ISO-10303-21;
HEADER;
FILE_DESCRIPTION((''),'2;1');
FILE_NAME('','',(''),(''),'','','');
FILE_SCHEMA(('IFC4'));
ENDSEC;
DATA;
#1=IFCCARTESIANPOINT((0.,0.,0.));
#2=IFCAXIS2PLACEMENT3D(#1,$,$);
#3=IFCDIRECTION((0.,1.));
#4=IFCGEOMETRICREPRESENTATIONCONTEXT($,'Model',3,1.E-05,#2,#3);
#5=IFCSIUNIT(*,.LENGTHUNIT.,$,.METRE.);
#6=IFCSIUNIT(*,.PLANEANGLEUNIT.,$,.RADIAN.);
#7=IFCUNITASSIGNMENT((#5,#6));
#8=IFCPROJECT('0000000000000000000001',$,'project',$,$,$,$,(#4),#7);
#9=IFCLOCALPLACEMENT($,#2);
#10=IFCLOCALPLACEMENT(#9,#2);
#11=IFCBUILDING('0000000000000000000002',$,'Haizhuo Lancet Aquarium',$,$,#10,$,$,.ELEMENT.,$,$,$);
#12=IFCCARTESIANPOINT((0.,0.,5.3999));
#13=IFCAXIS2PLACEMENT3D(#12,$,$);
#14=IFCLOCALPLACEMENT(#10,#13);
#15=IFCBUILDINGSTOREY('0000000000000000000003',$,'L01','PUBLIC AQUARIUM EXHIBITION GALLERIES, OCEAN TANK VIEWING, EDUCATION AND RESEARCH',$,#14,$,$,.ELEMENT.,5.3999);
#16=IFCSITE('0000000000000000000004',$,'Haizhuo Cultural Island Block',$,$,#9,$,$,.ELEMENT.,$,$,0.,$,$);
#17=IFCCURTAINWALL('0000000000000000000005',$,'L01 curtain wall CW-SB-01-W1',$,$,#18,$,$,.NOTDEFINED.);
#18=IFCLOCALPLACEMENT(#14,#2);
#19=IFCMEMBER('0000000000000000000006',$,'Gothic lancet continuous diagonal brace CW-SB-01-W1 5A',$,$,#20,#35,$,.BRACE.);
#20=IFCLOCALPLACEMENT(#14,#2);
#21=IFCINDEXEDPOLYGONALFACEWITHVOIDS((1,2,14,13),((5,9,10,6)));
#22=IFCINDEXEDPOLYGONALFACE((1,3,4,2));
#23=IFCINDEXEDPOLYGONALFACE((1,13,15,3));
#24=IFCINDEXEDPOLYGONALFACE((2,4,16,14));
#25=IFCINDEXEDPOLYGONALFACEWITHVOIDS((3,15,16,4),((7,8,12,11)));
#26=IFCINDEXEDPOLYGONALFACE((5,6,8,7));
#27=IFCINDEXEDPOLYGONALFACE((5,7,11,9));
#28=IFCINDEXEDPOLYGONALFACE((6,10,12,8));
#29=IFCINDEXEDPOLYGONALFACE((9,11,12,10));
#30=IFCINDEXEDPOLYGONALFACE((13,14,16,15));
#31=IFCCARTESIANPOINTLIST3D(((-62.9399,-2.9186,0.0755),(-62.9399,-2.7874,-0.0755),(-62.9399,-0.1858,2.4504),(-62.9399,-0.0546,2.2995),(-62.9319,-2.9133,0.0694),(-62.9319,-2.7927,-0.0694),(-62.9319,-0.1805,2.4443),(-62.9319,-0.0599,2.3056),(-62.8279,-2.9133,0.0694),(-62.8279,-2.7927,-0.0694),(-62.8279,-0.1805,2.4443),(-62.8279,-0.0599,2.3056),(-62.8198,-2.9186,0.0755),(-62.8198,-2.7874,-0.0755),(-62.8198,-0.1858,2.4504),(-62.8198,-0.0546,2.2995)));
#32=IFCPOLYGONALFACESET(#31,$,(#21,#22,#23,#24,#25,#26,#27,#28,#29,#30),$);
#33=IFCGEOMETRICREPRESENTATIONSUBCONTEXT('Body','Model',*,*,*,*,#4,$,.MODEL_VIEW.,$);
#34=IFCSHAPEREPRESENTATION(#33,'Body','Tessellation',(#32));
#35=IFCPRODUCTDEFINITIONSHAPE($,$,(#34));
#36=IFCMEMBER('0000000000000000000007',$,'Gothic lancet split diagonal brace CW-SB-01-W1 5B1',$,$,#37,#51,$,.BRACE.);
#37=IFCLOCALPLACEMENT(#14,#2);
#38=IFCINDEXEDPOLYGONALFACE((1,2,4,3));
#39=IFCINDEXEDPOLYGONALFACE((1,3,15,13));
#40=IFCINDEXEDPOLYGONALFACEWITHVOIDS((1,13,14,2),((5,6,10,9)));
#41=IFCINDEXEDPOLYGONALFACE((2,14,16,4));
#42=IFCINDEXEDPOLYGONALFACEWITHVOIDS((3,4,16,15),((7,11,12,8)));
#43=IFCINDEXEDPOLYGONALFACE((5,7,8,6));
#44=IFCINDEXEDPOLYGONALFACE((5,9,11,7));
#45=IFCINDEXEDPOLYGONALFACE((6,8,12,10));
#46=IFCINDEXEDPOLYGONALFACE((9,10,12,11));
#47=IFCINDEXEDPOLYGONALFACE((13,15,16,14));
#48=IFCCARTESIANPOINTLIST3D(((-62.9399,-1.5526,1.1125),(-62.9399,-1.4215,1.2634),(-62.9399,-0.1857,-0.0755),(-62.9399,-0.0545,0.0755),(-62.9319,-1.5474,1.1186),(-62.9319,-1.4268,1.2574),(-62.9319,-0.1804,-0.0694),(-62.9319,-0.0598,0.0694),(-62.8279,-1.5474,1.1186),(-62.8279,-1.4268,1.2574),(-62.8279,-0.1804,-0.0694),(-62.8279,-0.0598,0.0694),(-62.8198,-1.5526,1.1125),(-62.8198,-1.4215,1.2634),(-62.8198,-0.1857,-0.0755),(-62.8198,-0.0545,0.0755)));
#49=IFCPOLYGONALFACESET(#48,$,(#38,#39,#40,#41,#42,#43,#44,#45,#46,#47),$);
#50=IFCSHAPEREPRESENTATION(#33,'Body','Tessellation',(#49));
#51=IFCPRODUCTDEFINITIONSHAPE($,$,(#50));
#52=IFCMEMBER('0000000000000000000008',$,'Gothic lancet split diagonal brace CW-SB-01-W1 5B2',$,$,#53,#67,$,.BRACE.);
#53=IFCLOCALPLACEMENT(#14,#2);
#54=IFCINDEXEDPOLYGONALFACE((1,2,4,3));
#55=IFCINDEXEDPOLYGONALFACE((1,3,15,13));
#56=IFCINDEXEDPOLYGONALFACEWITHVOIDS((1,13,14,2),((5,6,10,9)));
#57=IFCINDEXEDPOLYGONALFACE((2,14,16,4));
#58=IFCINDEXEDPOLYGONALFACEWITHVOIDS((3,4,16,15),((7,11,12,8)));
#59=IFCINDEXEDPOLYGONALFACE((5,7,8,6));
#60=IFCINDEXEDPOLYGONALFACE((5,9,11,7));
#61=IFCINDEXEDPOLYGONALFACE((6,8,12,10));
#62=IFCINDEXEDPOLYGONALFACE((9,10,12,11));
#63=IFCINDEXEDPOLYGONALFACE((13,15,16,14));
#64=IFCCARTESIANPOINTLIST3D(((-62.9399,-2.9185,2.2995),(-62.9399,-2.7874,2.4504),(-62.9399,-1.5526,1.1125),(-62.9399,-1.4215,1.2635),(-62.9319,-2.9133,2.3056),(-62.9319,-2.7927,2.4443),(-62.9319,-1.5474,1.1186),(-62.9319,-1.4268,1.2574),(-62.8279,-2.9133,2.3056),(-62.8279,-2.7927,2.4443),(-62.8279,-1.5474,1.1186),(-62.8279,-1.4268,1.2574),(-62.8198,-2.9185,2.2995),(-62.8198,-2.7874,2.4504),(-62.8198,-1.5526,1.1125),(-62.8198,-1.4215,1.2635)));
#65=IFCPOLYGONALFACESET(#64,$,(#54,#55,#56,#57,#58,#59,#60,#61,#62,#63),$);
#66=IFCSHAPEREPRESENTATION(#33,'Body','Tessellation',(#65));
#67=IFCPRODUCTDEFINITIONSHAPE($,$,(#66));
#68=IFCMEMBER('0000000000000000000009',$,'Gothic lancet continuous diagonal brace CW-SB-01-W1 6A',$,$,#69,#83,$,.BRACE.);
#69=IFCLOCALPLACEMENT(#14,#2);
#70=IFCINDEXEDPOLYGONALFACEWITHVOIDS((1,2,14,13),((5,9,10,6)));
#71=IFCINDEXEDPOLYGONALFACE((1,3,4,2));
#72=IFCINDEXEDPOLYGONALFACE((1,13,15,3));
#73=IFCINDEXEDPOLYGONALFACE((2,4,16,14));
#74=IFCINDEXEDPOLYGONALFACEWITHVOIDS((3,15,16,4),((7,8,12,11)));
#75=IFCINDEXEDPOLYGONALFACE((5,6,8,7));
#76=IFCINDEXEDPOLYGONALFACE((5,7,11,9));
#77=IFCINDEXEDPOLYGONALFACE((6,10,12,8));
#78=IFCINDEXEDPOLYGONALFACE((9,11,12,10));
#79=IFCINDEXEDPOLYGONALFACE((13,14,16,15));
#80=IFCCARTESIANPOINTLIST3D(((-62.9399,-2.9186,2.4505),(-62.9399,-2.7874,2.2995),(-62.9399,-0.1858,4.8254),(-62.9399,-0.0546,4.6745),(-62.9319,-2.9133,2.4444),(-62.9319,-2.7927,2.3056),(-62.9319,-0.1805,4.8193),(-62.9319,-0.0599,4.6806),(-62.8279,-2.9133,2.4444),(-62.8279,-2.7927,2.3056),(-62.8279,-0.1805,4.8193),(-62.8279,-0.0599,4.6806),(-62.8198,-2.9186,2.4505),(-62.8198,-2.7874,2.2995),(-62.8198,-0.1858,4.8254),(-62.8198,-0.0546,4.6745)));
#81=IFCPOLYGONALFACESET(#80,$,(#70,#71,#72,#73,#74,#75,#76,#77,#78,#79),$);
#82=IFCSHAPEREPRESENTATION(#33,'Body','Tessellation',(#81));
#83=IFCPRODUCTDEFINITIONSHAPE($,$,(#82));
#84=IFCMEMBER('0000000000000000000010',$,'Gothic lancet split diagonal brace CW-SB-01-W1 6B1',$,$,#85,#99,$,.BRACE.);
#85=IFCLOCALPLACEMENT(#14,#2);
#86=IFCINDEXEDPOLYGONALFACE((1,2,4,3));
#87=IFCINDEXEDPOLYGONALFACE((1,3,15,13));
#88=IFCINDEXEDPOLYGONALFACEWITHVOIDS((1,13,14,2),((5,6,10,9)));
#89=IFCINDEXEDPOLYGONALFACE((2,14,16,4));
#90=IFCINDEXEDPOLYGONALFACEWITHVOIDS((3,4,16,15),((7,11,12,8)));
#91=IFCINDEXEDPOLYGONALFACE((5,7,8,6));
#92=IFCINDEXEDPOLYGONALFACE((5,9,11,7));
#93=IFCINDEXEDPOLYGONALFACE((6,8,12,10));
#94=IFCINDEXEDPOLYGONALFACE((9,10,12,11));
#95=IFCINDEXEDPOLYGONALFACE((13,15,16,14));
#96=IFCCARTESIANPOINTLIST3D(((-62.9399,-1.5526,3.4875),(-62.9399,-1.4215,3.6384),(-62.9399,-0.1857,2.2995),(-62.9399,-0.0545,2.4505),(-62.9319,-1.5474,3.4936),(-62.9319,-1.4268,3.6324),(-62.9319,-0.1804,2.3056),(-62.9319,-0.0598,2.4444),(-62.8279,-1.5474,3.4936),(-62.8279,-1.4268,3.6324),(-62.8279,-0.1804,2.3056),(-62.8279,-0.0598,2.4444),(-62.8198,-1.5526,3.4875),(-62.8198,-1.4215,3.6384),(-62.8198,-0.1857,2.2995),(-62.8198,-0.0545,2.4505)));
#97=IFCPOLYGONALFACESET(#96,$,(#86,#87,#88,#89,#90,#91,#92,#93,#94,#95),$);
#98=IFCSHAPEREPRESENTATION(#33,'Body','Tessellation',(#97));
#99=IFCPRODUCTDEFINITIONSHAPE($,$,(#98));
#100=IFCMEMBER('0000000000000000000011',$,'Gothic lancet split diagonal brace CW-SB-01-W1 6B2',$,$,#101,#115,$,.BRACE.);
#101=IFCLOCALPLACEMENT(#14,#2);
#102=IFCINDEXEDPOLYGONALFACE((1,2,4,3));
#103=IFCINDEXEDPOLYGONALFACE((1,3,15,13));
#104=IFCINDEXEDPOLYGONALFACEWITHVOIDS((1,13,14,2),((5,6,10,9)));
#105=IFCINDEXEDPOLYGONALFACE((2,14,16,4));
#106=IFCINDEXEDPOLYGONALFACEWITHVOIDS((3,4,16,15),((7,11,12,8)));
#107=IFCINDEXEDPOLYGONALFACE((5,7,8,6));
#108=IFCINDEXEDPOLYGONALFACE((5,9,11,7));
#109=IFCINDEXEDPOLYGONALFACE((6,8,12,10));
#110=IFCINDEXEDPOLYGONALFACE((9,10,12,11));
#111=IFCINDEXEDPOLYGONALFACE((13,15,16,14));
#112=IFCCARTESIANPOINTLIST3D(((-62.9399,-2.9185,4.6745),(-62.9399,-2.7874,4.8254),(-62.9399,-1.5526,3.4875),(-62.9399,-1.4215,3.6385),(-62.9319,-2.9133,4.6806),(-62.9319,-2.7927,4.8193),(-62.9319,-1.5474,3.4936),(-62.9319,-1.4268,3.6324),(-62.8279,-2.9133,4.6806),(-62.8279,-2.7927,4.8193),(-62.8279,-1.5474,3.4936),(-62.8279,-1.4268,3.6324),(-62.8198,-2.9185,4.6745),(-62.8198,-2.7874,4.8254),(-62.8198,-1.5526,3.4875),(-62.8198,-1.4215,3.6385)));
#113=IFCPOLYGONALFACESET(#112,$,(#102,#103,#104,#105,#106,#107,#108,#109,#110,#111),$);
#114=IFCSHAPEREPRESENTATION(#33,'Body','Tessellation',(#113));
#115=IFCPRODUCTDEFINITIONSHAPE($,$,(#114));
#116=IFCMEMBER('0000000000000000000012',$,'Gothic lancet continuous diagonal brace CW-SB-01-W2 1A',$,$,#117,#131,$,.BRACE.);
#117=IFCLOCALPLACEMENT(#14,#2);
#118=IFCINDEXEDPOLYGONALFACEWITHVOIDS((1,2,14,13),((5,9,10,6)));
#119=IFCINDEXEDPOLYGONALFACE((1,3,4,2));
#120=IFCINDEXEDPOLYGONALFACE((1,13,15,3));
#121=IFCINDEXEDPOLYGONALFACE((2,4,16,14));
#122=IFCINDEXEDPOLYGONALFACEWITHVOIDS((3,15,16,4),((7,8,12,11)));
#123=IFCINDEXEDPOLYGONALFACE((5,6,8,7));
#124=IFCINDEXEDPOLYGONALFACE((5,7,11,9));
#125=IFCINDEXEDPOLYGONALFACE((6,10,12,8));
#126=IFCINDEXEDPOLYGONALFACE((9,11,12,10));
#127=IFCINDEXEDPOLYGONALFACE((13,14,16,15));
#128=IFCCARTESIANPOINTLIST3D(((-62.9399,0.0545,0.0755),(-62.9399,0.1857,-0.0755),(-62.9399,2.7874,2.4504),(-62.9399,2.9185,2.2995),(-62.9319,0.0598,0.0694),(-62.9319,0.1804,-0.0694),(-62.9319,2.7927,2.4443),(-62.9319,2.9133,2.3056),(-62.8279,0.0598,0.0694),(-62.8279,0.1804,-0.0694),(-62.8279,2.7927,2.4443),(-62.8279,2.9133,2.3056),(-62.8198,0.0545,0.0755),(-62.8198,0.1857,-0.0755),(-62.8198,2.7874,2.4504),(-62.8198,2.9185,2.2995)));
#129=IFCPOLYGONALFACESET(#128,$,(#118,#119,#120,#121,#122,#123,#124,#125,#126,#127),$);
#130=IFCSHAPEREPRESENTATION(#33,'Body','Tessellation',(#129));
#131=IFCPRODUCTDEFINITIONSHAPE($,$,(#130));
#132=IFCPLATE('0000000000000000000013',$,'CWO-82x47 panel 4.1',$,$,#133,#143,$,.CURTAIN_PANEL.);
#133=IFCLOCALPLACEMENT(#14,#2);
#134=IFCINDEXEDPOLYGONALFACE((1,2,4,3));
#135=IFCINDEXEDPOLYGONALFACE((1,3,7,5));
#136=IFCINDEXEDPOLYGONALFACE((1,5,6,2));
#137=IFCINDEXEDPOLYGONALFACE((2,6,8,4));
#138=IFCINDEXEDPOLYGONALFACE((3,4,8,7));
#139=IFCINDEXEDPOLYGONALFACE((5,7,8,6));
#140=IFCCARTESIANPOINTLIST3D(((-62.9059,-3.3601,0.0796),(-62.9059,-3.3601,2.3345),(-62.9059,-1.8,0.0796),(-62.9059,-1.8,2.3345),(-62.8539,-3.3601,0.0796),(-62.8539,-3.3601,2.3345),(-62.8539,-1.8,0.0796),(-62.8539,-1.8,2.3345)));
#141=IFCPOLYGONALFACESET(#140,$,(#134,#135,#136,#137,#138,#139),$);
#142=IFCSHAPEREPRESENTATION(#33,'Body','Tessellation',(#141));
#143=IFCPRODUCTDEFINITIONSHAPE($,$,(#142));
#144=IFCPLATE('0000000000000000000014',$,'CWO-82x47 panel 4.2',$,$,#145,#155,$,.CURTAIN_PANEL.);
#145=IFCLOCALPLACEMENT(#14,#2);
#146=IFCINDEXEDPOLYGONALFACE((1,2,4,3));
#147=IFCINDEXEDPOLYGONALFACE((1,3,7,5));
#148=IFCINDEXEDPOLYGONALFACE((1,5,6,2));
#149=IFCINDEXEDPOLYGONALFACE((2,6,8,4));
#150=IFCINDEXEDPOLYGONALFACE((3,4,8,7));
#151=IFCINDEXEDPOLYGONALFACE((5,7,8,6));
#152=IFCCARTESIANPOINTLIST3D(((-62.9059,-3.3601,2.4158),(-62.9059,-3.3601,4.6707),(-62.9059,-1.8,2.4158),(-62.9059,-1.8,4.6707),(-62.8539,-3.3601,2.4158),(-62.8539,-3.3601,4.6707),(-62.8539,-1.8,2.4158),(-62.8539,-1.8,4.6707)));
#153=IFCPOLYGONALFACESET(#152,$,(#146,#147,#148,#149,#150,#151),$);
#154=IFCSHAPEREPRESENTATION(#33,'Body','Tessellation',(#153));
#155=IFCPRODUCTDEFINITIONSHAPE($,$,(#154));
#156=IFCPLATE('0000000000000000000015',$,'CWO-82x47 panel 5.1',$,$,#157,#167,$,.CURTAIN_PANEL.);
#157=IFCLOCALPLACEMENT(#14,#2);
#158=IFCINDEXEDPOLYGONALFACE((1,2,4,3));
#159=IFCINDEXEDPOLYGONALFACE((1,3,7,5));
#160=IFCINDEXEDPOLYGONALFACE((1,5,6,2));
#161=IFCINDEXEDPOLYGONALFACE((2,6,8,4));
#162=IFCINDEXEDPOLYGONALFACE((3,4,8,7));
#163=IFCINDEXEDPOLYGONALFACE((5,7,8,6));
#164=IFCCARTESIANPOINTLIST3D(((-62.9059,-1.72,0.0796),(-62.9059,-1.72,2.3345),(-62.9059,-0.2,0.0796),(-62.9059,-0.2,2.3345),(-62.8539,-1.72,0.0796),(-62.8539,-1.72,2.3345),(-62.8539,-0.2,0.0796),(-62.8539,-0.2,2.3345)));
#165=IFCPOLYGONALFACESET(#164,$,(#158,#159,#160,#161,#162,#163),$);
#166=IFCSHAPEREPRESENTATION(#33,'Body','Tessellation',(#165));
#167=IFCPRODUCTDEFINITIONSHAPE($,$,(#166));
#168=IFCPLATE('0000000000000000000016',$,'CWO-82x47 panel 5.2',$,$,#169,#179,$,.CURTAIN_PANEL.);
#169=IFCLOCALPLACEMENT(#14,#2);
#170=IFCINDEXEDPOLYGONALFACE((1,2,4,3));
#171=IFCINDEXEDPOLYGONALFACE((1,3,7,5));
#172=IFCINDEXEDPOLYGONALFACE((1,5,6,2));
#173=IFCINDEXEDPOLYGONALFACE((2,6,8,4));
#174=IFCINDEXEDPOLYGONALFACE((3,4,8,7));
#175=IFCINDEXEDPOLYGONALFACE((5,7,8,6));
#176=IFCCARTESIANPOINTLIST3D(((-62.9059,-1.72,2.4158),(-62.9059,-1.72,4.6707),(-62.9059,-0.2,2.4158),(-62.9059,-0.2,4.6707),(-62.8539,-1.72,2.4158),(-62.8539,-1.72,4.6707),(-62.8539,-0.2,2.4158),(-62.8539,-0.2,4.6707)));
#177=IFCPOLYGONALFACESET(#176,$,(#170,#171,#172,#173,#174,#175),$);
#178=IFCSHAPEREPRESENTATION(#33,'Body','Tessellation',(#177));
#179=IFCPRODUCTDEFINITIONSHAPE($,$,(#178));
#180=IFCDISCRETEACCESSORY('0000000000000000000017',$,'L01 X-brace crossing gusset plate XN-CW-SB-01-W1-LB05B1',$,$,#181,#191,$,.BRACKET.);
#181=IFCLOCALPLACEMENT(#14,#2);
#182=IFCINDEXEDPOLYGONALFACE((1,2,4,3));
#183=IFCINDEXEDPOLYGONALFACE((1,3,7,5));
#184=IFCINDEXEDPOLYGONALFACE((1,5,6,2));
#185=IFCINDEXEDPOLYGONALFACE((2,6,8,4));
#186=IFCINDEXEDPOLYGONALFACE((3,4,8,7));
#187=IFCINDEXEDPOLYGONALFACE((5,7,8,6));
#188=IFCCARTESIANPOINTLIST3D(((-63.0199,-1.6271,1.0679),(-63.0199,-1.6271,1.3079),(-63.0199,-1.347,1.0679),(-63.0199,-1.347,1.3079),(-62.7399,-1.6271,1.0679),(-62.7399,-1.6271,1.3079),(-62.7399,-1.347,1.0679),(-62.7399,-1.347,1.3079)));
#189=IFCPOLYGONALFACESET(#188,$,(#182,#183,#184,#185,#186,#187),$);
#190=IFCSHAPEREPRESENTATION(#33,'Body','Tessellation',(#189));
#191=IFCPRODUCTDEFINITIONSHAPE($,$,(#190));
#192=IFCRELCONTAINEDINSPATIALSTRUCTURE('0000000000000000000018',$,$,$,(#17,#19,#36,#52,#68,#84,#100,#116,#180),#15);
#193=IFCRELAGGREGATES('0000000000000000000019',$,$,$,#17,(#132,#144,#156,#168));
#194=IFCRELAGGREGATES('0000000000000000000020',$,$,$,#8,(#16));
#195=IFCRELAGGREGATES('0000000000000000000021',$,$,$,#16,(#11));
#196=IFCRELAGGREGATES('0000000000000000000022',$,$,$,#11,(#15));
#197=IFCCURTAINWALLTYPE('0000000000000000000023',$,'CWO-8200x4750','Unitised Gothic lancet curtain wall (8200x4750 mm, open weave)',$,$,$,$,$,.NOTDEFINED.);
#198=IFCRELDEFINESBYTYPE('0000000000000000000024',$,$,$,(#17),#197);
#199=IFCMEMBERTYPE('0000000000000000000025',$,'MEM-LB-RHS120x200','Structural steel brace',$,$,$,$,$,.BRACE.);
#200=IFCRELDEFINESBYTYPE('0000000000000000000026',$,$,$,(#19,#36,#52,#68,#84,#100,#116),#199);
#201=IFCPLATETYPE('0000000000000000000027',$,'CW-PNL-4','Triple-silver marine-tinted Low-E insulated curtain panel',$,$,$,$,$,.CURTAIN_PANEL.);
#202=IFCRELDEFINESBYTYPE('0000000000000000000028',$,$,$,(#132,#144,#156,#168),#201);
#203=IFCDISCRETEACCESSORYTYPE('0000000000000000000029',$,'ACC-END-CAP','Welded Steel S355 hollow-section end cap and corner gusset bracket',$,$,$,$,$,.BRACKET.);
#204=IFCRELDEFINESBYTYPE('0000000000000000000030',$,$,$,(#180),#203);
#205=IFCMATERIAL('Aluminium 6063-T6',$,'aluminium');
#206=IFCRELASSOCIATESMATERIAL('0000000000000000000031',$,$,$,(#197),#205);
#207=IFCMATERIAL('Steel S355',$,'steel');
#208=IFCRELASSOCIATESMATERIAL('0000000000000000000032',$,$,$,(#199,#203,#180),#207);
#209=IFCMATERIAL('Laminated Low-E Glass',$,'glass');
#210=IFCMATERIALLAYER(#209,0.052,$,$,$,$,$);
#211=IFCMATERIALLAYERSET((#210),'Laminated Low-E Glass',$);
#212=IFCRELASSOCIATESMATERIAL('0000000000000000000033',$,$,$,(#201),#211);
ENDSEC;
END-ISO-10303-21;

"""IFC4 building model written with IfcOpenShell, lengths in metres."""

from ifc_helpers import new_model, si_unit, direction, frame, origin, origin_2d, place, context, subcontext, project, spatial, rectangle, hollow_rectangle, extrude, material, layer, layer_set, material_profile, profile_set, type_object, element, aggregate, save


model = new_model("IFC4")

# Units and contexts
model_context = context("Model", 3, precision=1e-05, world=origin(), true_north=direction((0.0, 1.0)))
body_context = subcontext(model_context, "Body", "Model", "MODEL_VIEW")
ifc_project = project(units=[si_unit("LENGTHUNIT", "METRE"), si_unit("PLANEANGLEUNIT", "RADIAN")], contexts=[model_context])

# Site, building, storey
site_placement = place(None, origin())
site = spatial("IfcSite", under=ifc_project, at=site_placement, Name="Haizhuo Cultural Island Block", CompositionType="ELEMENT", RefElevation=0.0)
building_placement = place(site_placement, origin())
building = spatial("IfcBuilding", under=site, at=building_placement, Name="Haizhuo Lancet Aquarium", CompositionType="ELEMENT")
storey_placement = place(building_placement, frame((0.0, 0.0, 5.3999)))
storey = spatial("IfcBuildingStorey", under=building, at=storey_placement, Name="L01", Description="PUBLIC AQUARIUM EXHIBITION GALLERIES, OCEAN TANK VIEWING, EDUCATION AND RESEARCH", CompositionType="ELEMENT", Elevation=5.3999)

# Curtain wall
ifc_material_1 = material(Name="Aluminium 6063-T6", Category="aluminium")
curtain_wall_type = type_object("IfcCurtainWallType", Name="CWO-8200x4750", Description="Unitised Gothic lancet curtain wall (8200x4750 mm, open weave)", PredefinedType="NOTDEFINED", material=ifc_material_1)
curtain_wall_placement = place(storey_placement, origin())
curtain_wall = element("IfcCurtainWall", 1, at=curtain_wall_placement, inside=storey, type_object=curtain_wall_type, Name="L01 curtain wall CW-SB-01-W1", PredefinedType="NOTDEFINED")

# Members
ifc_material_2 = material(Name="Steel S355", Category="steel")
ifc_material_profile_1 = material_profile(ifc_material_2, hollow_rectangle(XDim=0.1201, YDim=0.2, WallThickness=0.0081, at=origin_2d()), Name="RHS 120x200x8")
ifc_profile_set_1 = profile_set([ifc_material_profile_1], Name="Steel S355")
member_type_1 = type_object("IfcMemberType", Name="MEM-LB-RHS120x200", Description="Structural steel brace", PredefinedType="BRACE", material=ifc_profile_set_1)
member_1_placement = place(storey_placement, frame((-62.8799, -2.853, 0.0), z_axis=(0.0, 0.754803, 0.655952), x_axis=(-1.0, 0.0, 0.0)))
element("IfcMember", 2, at=member_1_placement, inside=storey, type_object=member_type_1, Name="Gothic lancet continuous diagonal brace CW-SB-01-W1 5A", PredefinedType="BRACE", context=body_context, shape_type="SweptSolid", body=[
    extrude(hollow_rectangle(XDim=0.1201, YDim=0.2, WallThickness=0.0081, at=origin_2d()), origin(), (0.0, 0.0, 1.0), 3.6206),
])
member_2_placement = place(storey_placement, frame((-62.8799, -0.1201, 0.0), z_axis=(0.0, -0.754785, 0.655972), x_axis=(1.0, 0.0, 0.0)))
element("IfcMember", 3, at=member_2_placement, inside=storey, type_object=member_type_1, Name="Gothic lancet split diagonal brace CW-SB-01-W1 5B1", PredefinedType="BRACE", context=body_context, shape_type="SweptSolid", body=[
    extrude(hollow_rectangle(XDim=0.1201, YDim=0.2, WallThickness=0.0081, at=origin_2d()), origin(), (0.0, 0.0, 1.0), 1.811),
])
member_3_placement = place(storey_placement, frame((-62.8799, -1.4871, 1.188), z_axis=(0.0, -0.75482, 0.655932), x_axis=(1.0, 0.0, 0.0)))
element("IfcMember", 4, at=member_3_placement, inside=storey, type_object=member_type_1, Name="Gothic lancet split diagonal brace CW-SB-01-W1 5B2", PredefinedType="BRACE", context=body_context, shape_type="SweptSolid", body=[
    extrude(hollow_rectangle(XDim=0.1201, YDim=0.2, WallThickness=0.0081, at=origin_2d()), origin(), (0.0, 0.0, 1.0), 1.8096),
])
member_4_placement = place(storey_placement, frame((-62.8799, -2.853, 2.375), z_axis=(0.0, 0.754803, 0.655952), x_axis=(-1.0, 0.0, 0.0)))
element("IfcMember", 5, at=member_4_placement, inside=storey, type_object=member_type_1, Name="Gothic lancet continuous diagonal brace CW-SB-01-W1 6A", PredefinedType="BRACE", context=body_context, shape_type="SweptSolid", body=[
    extrude(hollow_rectangle(XDim=0.1201, YDim=0.2, WallThickness=0.0081, at=origin_2d()), origin(), (0.0, 0.0, 1.0), 3.6206),
])
member_5_placement = place(storey_placement, frame((-62.8799, -0.1201, 2.375), z_axis=(0.0, -0.754785, 0.655972), x_axis=(1.0, 0.0, 0.0)))
element("IfcMember", 6, at=member_5_placement, inside=storey, type_object=member_type_1, Name="Gothic lancet split diagonal brace CW-SB-01-W1 6B1", PredefinedType="BRACE", context=body_context, shape_type="SweptSolid", body=[
    extrude(hollow_rectangle(XDim=0.1201, YDim=0.2, WallThickness=0.0081, at=origin_2d()), origin(), (0.0, 0.0, 1.0), 1.811),
])
member_6_placement = place(storey_placement, frame((-62.8799, -1.4871, 3.563), z_axis=(0.0, -0.75482, 0.655932), x_axis=(1.0, 0.0, 0.0)))
element("IfcMember", 7, at=member_6_placement, inside=storey, type_object=member_type_1, Name="Gothic lancet split diagonal brace CW-SB-01-W1 6B2", PredefinedType="BRACE", context=body_context, shape_type="SweptSolid", body=[
    extrude(hollow_rectangle(XDim=0.1201, YDim=0.2, WallThickness=0.0081, at=origin_2d()), origin(), (0.0, 0.0, 1.0), 1.8096),
])
member_7_placement = place(storey_placement, frame((-62.8799, 0.1201, 0.0), z_axis=(0.0, 0.754803, 0.655952), x_axis=(-1.0, 0.0, 0.0)))
element("IfcMember", 8, at=member_7_placement, inside=storey, type_object=member_type_1, Name="Gothic lancet continuous diagonal brace CW-SB-01-W2 1A", PredefinedType="BRACE", context=body_context, shape_type="SweptSolid", body=[
    extrude(hollow_rectangle(XDim=0.1201, YDim=0.2, WallThickness=0.0081, at=origin_2d()), origin(), (0.0, 0.0, 1.0), 3.6206),
])

# Plates
ifc_material_3 = material(Name="Laminated Low-E Glass", Category="glass")
ifc_layer = layer(ifc_material_3, 0.052)
ifc_layer_set = layer_set([ifc_layer], Name="Laminated Low-E Glass")
plate_type = type_object("IfcPlateType", Name="CW-PNL-4", Description="Triple-silver marine-tinted Low-E insulated curtain panel", PredefinedType="CURTAIN_PANEL", material=ifc_layer_set)
plate_1_placement = place(storey_placement, frame((-62.8799, -2.5801, 0.0796), z_axis=(0.0, 0.0, 1.0), x_axis=(0.0, 1.0, 0.0)))
plate_1 = element("IfcPlate", 9, at=plate_1_placement, type_object=plate_type, Name="CWO-82x47 panel 4.1", PredefinedType="CURTAIN_PANEL", context=body_context, shape_type="SweptSolid", body=[
    extrude(rectangle(XDim=1.5601, YDim=0.052, at=origin_2d()), origin(), (0.0, 0.0, 1.0), 2.2549),
])
plate_2_placement = place(storey_placement, frame((-62.8799, -2.5801, 2.4158), z_axis=(0.0, 0.0, 1.0), x_axis=(0.0, 1.0, 0.0)))
plate_2 = element("IfcPlate", 10, at=plate_2_placement, type_object=plate_type, Name="CWO-82x47 panel 4.2", PredefinedType="CURTAIN_PANEL", context=body_context, shape_type="SweptSolid", body=[
    extrude(rectangle(XDim=1.5601, YDim=0.052, at=origin_2d()), origin(), (0.0, 0.0, 1.0), 2.2549),
])
plate_3_placement = place(storey_placement, frame((-62.8799, -0.96, 0.0796), z_axis=(0.0, 0.0, 1.0), x_axis=(0.0, 1.0, 0.0)))
plate_3 = element("IfcPlate", 11, at=plate_3_placement, type_object=plate_type, Name="CWO-82x47 panel 5.1", PredefinedType="CURTAIN_PANEL", context=body_context, shape_type="SweptSolid", body=[
    extrude(rectangle(XDim=1.52, YDim=0.052, at=origin_2d()), origin(), (0.0, 0.0, 1.0), 2.2549),
])
plate_4_placement = place(storey_placement, frame((-62.8799, -0.96, 2.4158), z_axis=(0.0, 0.0, 1.0), x_axis=(0.0, 1.0, 0.0)))
plate_4 = element("IfcPlate", 12, at=plate_4_placement, type_object=plate_type, Name="CWO-82x47 panel 5.2", PredefinedType="CURTAIN_PANEL", context=body_context, shape_type="SweptSolid", body=[
    extrude(rectangle(XDim=1.52, YDim=0.052, at=origin_2d()), origin(), (0.0, 0.0, 1.0), 2.2549),
])
aggregate(curtain_wall, [plate_1, plate_2, plate_3, plate_4])

# Discrete accessory
discrete_accessory_type = type_object("IfcDiscreteAccessoryType", Name="ACC-END-CAP", Description="Welded Steel S355 hollow-section end cap and corner gusset bracket", PredefinedType="BRACKET", material=ifc_material_2)
for number, where, z_axis, x_axis, name in (
    (13, (-62.8799, -1.4871, 1.0679), (0.0, 0.0, 1.0), (1.0, 0.0, 0.0), "L01 X-brace crossing gusset plate XN-CW-SB-01-W1-LB05B1"),
):
    element("IfcDiscreteAccessory", number, at=place(storey_placement, frame(where, z_axis=z_axis, x_axis=x_axis)), inside=storey, type_object=discrete_accessory_type, material=ifc_material_2, Name=name, PredefinedType="BRACKET", context=body_context, shape_type="SweptSolid", body=[
        extrude(rectangle(XDim=0.28, YDim=0.28, at=origin_2d()), origin(), (0.0, 0.0, 1.0), 0.24),
    ])

save(model, "model.ifc")
